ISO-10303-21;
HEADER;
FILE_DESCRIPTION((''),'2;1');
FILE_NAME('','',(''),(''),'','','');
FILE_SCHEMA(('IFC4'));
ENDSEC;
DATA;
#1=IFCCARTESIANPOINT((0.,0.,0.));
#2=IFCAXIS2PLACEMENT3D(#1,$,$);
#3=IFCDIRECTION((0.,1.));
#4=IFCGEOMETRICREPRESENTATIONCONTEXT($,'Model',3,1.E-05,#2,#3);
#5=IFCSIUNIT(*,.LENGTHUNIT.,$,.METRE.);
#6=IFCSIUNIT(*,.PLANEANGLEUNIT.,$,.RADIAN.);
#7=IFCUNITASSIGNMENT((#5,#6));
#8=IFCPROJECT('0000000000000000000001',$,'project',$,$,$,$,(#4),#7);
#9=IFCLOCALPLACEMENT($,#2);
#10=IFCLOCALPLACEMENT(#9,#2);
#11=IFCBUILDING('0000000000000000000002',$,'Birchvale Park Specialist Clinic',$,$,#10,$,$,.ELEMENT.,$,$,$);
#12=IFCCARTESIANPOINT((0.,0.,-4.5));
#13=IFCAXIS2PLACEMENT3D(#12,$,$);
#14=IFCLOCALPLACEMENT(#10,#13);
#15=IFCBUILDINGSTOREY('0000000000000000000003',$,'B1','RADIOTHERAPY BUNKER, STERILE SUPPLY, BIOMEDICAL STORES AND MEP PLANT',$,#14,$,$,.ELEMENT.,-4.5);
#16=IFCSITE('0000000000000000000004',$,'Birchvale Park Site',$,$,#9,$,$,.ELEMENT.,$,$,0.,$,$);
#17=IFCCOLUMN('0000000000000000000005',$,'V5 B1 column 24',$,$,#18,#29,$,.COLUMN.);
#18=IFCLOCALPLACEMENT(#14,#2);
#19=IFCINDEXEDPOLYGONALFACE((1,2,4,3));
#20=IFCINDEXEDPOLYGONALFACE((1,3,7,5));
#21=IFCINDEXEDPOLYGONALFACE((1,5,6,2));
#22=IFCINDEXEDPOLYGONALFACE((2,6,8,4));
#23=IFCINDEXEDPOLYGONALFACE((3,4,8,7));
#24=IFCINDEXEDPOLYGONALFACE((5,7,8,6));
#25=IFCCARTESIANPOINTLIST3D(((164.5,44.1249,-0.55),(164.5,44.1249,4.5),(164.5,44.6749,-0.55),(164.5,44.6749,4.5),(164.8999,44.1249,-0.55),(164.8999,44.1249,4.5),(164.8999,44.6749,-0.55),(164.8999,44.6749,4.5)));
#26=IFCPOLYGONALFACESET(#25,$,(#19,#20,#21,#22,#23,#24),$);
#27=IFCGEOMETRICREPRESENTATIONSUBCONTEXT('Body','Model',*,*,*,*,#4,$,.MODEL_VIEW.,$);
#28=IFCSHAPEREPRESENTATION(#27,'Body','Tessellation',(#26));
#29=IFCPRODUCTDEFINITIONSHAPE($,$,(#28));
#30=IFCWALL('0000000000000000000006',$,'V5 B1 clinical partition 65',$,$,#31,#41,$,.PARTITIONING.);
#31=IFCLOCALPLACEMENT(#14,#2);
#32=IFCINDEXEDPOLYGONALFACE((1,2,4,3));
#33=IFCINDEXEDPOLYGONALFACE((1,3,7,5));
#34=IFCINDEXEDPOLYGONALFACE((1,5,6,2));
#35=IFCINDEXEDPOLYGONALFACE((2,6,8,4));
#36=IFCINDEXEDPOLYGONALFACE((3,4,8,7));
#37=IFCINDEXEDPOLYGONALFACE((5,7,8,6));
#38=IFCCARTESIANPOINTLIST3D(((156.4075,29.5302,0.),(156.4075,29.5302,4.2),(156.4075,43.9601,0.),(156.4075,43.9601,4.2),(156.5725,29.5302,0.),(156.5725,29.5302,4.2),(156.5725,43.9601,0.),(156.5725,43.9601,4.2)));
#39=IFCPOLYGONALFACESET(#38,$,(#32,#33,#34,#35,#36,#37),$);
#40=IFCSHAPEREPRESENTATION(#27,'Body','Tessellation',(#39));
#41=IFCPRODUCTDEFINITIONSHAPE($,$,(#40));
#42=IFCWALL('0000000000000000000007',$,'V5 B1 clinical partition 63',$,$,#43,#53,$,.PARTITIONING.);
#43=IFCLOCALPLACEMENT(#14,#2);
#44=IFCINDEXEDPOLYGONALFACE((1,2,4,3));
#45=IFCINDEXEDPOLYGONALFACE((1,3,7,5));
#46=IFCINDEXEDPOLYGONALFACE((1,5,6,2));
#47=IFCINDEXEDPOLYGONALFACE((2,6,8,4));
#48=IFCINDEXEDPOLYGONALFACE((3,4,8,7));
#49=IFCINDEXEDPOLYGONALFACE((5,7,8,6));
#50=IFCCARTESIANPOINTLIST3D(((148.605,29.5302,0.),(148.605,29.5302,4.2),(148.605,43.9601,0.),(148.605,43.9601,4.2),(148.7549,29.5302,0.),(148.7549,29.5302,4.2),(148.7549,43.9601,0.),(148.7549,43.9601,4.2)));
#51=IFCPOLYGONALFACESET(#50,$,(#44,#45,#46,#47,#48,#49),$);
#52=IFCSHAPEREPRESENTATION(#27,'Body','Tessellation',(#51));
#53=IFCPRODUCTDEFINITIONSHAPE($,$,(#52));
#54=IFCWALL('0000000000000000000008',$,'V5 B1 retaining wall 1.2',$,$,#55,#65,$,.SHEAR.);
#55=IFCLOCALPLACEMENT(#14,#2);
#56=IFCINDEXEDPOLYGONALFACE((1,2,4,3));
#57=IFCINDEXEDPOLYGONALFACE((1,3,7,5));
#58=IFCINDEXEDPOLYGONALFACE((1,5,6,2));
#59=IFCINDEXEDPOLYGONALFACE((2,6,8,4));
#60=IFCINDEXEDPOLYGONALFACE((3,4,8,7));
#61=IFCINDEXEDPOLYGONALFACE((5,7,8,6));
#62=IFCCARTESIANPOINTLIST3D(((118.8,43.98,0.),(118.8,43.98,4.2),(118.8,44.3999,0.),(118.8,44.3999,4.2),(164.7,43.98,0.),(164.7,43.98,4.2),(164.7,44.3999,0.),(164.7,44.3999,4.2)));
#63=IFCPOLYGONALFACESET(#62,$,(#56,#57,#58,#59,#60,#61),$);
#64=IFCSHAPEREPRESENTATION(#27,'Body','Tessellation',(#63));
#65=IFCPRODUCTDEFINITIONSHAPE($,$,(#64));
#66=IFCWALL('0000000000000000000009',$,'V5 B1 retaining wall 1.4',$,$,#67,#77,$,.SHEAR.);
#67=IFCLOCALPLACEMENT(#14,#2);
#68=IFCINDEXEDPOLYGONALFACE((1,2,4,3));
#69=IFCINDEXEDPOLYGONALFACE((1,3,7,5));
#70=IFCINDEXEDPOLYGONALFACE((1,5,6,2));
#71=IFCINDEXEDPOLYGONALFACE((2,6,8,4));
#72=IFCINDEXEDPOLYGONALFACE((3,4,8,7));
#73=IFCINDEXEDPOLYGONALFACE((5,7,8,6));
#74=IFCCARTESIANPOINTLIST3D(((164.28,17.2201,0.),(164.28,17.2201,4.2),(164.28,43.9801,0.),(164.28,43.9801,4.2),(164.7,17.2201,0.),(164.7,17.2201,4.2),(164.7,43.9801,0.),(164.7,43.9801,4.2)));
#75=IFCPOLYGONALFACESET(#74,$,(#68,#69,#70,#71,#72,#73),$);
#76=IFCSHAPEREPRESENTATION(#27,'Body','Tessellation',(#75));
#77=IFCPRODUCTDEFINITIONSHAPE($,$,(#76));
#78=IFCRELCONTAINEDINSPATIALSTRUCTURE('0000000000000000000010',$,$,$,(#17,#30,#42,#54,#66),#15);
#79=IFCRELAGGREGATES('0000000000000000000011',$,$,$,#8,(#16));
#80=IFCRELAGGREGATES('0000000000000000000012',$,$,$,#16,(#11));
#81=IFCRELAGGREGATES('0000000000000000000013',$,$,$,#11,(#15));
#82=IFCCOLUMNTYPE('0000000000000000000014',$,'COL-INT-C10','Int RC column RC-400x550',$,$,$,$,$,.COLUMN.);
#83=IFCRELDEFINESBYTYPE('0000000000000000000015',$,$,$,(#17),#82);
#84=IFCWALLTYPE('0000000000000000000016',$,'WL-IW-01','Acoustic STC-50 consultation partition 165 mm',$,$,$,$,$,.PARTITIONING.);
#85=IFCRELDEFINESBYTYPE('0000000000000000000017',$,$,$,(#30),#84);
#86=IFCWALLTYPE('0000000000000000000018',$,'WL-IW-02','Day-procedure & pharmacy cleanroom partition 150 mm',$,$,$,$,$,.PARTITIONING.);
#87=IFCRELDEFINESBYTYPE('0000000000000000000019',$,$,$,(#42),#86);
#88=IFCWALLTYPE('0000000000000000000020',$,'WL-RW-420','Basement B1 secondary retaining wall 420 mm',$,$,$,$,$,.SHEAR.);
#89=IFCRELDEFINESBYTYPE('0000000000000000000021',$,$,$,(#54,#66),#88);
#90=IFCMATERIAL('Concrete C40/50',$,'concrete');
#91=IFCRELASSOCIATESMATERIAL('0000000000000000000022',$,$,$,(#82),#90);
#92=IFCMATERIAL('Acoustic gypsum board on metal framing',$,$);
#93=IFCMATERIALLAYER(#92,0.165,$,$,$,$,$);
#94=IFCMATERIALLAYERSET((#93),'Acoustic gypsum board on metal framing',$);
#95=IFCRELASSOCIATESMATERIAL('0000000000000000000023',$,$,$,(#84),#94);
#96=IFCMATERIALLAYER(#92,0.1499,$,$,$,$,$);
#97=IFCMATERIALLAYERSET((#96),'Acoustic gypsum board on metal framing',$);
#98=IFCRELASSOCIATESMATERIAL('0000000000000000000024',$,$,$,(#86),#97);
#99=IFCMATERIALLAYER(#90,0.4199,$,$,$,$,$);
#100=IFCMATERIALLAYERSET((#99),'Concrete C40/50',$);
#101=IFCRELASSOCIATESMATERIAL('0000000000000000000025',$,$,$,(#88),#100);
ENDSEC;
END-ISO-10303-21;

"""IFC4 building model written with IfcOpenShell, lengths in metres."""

from ifc_helpers import new_model, si_unit, direction, frame, frame_2d, origin, origin_2d, place, context, subcontext, project, spatial, rectangle, extrude, material, layer, layer_set, material_profile, profile_set, type_object, element, save


model = new_model("IFC4")

# Units and contexts
model_context = context("Model", 3, precision=1e-05, world=origin(), true_north=direction((0.0, 1.0)))
body_context = subcontext(model_context, "Body", "Model", "MODEL_VIEW")
ifc_project = project(units=[si_unit("LENGTHUNIT", "METRE"), si_unit("PLANEANGLEUNIT", "RADIAN")], contexts=[model_context])

# Site, building, storey
site_placement = place(None, origin())
site = spatial("IfcSite", under=ifc_project, at=site_placement, Name="Birchvale Park Site", CompositionType="ELEMENT", RefElevation=0.0)
building_placement = place(site_placement, origin())
building = spatial("IfcBuilding", under=site, at=building_placement, Name="Birchvale Park Specialist Clinic", CompositionType="ELEMENT")
storey_placement = place(building_placement, frame((0.0, 0.0, -4.5)))
storey = spatial("IfcBuildingStorey", under=building, at=storey_placement, Name="B1", Description="RADIOTHERAPY BUNKER, STERILE SUPPLY, BIOMEDICAL STORES AND MEP PLANT", CompositionType="ELEMENT", Elevation=-4.5)

# Shared definitions
ifc_material_1 = material(Name="Concrete C40/50", Category="concrete")

# Column
ifc_material_profile_1 = material_profile(ifc_material_1, rectangle(XDim=0.3999, YDim=0.55, at=origin_2d()), Name="RC-400x550")
ifc_profile_set_1 = profile_set([ifc_material_profile_1], Name="Concrete C40/50")
column_type_1 = type_object("IfcColumnType", Name="COL-INT-C10", Description="Int RC column RC-400x550", PredefinedType="COLUMN", material=ifc_profile_set_1)
column_1_placement = place(storey_placement, frame((164.7, 44.3999, -0.55), z_axis=(0.0, 0.0, 1.0), x_axis=(1.0, 0.0, 0.0)))
element("IfcColumn", 1, at=column_1_placement, inside=storey, type_object=column_type_1, Name="V5 B1 column 24", PredefinedType="COLUMN", context=body_context, shape_type="SweptSolid", body=[
    extrude(rectangle(XDim=0.3999, YDim=0.55, at=origin_2d()), origin(), (0.0, 0.0, 1.0), 5.05),
])

# Walls
ifc_material_2 = material(Name="Acoustic gypsum board on metal framing")
ifc_layer_1 = layer(ifc_material_2, 0.165)
ifc_layer_set_1 = layer_set([ifc_layer_1], Name="Acoustic gypsum board on metal framing")
wall_type_1 = type_object("IfcWallType", Name="WL-IW-01", Description="Acoustic STC-50 consultation partition 165 mm", PredefinedType="PARTITIONING", material=ifc_layer_set_1)
wall_1_placement = place(storey_placement, frame((156.49, 43.96, 0.0), z_axis=(0.0, 0.0, 1.0), x_axis=(0.0, -1.0, 0.0)))
element("IfcWall", 2, at=wall_1_placement, inside=storey, type_object=wall_type_1, Name="V5 B1 clinical partition 65", PredefinedType="PARTITIONING", context=body_context, shape_type="SweptSolid", body=[
    extrude(rectangle(XDim=14.4299, YDim=0.165, at=frame_2d((7.2148, 0.0))), origin(), (0.0, 0.0, 1.0), 4.2),
])
ifc_layer_2 = layer(ifc_material_2, 0.1499)
ifc_layer_set_2 = layer_set([ifc_layer_2], Name="Acoustic gypsum board on metal framing")
wall_type_2 = type_object("IfcWallType", Name="WL-IW-02", Description="Day-procedure & pharmacy cleanroom partition 150 mm", PredefinedType="PARTITIONING", material=ifc_layer_set_2)
wall_2_placement = place(storey_placement, frame((148.6799, 43.96, 0.0), z_axis=(0.0, 0.0, 1.0), x_axis=(0.0, -1.0, 0.0)))
element("IfcWall", 3, at=wall_2_placement, inside=storey, type_object=wall_type_2, Name="V5 B1 clinical partition 63", PredefinedType="PARTITIONING", context=body_context, shape_type="SweptSolid", body=[
    extrude(rectangle(XDim=14.4299, YDim=0.1499, at=frame_2d((7.2148, 0.0))), origin(), (0.0, 0.0, 1.0), 4.2),
])
ifc_layer_3 = layer(ifc_material_1, 0.4199)
ifc_layer_set_3 = layer_set([ifc_layer_3], Name="Concrete C40/50")
wall_type_3 = type_object("IfcWallType", Name="WL-RW-420", Description="Basement B1 secondary retaining wall 420 mm", PredefinedType="SHEAR", material=ifc_layer_set_3)
wall_3_placement = place(storey_placement, frame((164.7, 44.1899, 0.0), z_axis=(0.0, 0.0, 1.0), x_axis=(-1.0, 0.0, 0.0)))
element("IfcWall", 4, at=wall_3_placement, inside=storey, type_object=wall_type_3, Name="V5 B1 retaining wall 1.2", PredefinedType="SHEAR", context=body_context, shape_type="SweptSolid", body=[
    extrude(rectangle(XDim=45.8999, YDim=0.4199, at=frame_2d((22.95, 0.0))), origin(), (0.0, 0.0, 1.0), 4.2),
])
wall_4_placement = place(storey_placement, frame((164.49, 43.98, 0.0), z_axis=(0.0, 0.0, 1.0), x_axis=(0.0, -1.0, 0.0)))
element("IfcWall", 5, at=wall_4_placement, inside=storey, type_object=wall_type_3, Name="V5 B1 retaining wall 1.4", PredefinedType="SHEAR", context=body_context, shape_type="SweptSolid", body=[
    extrude(rectangle(XDim=26.76, YDim=0.4199, at=frame_2d((13.3799, 0.0))), origin(), (0.0, 0.0, 1.0), 4.2),
])

save(model, "model.ifc")
